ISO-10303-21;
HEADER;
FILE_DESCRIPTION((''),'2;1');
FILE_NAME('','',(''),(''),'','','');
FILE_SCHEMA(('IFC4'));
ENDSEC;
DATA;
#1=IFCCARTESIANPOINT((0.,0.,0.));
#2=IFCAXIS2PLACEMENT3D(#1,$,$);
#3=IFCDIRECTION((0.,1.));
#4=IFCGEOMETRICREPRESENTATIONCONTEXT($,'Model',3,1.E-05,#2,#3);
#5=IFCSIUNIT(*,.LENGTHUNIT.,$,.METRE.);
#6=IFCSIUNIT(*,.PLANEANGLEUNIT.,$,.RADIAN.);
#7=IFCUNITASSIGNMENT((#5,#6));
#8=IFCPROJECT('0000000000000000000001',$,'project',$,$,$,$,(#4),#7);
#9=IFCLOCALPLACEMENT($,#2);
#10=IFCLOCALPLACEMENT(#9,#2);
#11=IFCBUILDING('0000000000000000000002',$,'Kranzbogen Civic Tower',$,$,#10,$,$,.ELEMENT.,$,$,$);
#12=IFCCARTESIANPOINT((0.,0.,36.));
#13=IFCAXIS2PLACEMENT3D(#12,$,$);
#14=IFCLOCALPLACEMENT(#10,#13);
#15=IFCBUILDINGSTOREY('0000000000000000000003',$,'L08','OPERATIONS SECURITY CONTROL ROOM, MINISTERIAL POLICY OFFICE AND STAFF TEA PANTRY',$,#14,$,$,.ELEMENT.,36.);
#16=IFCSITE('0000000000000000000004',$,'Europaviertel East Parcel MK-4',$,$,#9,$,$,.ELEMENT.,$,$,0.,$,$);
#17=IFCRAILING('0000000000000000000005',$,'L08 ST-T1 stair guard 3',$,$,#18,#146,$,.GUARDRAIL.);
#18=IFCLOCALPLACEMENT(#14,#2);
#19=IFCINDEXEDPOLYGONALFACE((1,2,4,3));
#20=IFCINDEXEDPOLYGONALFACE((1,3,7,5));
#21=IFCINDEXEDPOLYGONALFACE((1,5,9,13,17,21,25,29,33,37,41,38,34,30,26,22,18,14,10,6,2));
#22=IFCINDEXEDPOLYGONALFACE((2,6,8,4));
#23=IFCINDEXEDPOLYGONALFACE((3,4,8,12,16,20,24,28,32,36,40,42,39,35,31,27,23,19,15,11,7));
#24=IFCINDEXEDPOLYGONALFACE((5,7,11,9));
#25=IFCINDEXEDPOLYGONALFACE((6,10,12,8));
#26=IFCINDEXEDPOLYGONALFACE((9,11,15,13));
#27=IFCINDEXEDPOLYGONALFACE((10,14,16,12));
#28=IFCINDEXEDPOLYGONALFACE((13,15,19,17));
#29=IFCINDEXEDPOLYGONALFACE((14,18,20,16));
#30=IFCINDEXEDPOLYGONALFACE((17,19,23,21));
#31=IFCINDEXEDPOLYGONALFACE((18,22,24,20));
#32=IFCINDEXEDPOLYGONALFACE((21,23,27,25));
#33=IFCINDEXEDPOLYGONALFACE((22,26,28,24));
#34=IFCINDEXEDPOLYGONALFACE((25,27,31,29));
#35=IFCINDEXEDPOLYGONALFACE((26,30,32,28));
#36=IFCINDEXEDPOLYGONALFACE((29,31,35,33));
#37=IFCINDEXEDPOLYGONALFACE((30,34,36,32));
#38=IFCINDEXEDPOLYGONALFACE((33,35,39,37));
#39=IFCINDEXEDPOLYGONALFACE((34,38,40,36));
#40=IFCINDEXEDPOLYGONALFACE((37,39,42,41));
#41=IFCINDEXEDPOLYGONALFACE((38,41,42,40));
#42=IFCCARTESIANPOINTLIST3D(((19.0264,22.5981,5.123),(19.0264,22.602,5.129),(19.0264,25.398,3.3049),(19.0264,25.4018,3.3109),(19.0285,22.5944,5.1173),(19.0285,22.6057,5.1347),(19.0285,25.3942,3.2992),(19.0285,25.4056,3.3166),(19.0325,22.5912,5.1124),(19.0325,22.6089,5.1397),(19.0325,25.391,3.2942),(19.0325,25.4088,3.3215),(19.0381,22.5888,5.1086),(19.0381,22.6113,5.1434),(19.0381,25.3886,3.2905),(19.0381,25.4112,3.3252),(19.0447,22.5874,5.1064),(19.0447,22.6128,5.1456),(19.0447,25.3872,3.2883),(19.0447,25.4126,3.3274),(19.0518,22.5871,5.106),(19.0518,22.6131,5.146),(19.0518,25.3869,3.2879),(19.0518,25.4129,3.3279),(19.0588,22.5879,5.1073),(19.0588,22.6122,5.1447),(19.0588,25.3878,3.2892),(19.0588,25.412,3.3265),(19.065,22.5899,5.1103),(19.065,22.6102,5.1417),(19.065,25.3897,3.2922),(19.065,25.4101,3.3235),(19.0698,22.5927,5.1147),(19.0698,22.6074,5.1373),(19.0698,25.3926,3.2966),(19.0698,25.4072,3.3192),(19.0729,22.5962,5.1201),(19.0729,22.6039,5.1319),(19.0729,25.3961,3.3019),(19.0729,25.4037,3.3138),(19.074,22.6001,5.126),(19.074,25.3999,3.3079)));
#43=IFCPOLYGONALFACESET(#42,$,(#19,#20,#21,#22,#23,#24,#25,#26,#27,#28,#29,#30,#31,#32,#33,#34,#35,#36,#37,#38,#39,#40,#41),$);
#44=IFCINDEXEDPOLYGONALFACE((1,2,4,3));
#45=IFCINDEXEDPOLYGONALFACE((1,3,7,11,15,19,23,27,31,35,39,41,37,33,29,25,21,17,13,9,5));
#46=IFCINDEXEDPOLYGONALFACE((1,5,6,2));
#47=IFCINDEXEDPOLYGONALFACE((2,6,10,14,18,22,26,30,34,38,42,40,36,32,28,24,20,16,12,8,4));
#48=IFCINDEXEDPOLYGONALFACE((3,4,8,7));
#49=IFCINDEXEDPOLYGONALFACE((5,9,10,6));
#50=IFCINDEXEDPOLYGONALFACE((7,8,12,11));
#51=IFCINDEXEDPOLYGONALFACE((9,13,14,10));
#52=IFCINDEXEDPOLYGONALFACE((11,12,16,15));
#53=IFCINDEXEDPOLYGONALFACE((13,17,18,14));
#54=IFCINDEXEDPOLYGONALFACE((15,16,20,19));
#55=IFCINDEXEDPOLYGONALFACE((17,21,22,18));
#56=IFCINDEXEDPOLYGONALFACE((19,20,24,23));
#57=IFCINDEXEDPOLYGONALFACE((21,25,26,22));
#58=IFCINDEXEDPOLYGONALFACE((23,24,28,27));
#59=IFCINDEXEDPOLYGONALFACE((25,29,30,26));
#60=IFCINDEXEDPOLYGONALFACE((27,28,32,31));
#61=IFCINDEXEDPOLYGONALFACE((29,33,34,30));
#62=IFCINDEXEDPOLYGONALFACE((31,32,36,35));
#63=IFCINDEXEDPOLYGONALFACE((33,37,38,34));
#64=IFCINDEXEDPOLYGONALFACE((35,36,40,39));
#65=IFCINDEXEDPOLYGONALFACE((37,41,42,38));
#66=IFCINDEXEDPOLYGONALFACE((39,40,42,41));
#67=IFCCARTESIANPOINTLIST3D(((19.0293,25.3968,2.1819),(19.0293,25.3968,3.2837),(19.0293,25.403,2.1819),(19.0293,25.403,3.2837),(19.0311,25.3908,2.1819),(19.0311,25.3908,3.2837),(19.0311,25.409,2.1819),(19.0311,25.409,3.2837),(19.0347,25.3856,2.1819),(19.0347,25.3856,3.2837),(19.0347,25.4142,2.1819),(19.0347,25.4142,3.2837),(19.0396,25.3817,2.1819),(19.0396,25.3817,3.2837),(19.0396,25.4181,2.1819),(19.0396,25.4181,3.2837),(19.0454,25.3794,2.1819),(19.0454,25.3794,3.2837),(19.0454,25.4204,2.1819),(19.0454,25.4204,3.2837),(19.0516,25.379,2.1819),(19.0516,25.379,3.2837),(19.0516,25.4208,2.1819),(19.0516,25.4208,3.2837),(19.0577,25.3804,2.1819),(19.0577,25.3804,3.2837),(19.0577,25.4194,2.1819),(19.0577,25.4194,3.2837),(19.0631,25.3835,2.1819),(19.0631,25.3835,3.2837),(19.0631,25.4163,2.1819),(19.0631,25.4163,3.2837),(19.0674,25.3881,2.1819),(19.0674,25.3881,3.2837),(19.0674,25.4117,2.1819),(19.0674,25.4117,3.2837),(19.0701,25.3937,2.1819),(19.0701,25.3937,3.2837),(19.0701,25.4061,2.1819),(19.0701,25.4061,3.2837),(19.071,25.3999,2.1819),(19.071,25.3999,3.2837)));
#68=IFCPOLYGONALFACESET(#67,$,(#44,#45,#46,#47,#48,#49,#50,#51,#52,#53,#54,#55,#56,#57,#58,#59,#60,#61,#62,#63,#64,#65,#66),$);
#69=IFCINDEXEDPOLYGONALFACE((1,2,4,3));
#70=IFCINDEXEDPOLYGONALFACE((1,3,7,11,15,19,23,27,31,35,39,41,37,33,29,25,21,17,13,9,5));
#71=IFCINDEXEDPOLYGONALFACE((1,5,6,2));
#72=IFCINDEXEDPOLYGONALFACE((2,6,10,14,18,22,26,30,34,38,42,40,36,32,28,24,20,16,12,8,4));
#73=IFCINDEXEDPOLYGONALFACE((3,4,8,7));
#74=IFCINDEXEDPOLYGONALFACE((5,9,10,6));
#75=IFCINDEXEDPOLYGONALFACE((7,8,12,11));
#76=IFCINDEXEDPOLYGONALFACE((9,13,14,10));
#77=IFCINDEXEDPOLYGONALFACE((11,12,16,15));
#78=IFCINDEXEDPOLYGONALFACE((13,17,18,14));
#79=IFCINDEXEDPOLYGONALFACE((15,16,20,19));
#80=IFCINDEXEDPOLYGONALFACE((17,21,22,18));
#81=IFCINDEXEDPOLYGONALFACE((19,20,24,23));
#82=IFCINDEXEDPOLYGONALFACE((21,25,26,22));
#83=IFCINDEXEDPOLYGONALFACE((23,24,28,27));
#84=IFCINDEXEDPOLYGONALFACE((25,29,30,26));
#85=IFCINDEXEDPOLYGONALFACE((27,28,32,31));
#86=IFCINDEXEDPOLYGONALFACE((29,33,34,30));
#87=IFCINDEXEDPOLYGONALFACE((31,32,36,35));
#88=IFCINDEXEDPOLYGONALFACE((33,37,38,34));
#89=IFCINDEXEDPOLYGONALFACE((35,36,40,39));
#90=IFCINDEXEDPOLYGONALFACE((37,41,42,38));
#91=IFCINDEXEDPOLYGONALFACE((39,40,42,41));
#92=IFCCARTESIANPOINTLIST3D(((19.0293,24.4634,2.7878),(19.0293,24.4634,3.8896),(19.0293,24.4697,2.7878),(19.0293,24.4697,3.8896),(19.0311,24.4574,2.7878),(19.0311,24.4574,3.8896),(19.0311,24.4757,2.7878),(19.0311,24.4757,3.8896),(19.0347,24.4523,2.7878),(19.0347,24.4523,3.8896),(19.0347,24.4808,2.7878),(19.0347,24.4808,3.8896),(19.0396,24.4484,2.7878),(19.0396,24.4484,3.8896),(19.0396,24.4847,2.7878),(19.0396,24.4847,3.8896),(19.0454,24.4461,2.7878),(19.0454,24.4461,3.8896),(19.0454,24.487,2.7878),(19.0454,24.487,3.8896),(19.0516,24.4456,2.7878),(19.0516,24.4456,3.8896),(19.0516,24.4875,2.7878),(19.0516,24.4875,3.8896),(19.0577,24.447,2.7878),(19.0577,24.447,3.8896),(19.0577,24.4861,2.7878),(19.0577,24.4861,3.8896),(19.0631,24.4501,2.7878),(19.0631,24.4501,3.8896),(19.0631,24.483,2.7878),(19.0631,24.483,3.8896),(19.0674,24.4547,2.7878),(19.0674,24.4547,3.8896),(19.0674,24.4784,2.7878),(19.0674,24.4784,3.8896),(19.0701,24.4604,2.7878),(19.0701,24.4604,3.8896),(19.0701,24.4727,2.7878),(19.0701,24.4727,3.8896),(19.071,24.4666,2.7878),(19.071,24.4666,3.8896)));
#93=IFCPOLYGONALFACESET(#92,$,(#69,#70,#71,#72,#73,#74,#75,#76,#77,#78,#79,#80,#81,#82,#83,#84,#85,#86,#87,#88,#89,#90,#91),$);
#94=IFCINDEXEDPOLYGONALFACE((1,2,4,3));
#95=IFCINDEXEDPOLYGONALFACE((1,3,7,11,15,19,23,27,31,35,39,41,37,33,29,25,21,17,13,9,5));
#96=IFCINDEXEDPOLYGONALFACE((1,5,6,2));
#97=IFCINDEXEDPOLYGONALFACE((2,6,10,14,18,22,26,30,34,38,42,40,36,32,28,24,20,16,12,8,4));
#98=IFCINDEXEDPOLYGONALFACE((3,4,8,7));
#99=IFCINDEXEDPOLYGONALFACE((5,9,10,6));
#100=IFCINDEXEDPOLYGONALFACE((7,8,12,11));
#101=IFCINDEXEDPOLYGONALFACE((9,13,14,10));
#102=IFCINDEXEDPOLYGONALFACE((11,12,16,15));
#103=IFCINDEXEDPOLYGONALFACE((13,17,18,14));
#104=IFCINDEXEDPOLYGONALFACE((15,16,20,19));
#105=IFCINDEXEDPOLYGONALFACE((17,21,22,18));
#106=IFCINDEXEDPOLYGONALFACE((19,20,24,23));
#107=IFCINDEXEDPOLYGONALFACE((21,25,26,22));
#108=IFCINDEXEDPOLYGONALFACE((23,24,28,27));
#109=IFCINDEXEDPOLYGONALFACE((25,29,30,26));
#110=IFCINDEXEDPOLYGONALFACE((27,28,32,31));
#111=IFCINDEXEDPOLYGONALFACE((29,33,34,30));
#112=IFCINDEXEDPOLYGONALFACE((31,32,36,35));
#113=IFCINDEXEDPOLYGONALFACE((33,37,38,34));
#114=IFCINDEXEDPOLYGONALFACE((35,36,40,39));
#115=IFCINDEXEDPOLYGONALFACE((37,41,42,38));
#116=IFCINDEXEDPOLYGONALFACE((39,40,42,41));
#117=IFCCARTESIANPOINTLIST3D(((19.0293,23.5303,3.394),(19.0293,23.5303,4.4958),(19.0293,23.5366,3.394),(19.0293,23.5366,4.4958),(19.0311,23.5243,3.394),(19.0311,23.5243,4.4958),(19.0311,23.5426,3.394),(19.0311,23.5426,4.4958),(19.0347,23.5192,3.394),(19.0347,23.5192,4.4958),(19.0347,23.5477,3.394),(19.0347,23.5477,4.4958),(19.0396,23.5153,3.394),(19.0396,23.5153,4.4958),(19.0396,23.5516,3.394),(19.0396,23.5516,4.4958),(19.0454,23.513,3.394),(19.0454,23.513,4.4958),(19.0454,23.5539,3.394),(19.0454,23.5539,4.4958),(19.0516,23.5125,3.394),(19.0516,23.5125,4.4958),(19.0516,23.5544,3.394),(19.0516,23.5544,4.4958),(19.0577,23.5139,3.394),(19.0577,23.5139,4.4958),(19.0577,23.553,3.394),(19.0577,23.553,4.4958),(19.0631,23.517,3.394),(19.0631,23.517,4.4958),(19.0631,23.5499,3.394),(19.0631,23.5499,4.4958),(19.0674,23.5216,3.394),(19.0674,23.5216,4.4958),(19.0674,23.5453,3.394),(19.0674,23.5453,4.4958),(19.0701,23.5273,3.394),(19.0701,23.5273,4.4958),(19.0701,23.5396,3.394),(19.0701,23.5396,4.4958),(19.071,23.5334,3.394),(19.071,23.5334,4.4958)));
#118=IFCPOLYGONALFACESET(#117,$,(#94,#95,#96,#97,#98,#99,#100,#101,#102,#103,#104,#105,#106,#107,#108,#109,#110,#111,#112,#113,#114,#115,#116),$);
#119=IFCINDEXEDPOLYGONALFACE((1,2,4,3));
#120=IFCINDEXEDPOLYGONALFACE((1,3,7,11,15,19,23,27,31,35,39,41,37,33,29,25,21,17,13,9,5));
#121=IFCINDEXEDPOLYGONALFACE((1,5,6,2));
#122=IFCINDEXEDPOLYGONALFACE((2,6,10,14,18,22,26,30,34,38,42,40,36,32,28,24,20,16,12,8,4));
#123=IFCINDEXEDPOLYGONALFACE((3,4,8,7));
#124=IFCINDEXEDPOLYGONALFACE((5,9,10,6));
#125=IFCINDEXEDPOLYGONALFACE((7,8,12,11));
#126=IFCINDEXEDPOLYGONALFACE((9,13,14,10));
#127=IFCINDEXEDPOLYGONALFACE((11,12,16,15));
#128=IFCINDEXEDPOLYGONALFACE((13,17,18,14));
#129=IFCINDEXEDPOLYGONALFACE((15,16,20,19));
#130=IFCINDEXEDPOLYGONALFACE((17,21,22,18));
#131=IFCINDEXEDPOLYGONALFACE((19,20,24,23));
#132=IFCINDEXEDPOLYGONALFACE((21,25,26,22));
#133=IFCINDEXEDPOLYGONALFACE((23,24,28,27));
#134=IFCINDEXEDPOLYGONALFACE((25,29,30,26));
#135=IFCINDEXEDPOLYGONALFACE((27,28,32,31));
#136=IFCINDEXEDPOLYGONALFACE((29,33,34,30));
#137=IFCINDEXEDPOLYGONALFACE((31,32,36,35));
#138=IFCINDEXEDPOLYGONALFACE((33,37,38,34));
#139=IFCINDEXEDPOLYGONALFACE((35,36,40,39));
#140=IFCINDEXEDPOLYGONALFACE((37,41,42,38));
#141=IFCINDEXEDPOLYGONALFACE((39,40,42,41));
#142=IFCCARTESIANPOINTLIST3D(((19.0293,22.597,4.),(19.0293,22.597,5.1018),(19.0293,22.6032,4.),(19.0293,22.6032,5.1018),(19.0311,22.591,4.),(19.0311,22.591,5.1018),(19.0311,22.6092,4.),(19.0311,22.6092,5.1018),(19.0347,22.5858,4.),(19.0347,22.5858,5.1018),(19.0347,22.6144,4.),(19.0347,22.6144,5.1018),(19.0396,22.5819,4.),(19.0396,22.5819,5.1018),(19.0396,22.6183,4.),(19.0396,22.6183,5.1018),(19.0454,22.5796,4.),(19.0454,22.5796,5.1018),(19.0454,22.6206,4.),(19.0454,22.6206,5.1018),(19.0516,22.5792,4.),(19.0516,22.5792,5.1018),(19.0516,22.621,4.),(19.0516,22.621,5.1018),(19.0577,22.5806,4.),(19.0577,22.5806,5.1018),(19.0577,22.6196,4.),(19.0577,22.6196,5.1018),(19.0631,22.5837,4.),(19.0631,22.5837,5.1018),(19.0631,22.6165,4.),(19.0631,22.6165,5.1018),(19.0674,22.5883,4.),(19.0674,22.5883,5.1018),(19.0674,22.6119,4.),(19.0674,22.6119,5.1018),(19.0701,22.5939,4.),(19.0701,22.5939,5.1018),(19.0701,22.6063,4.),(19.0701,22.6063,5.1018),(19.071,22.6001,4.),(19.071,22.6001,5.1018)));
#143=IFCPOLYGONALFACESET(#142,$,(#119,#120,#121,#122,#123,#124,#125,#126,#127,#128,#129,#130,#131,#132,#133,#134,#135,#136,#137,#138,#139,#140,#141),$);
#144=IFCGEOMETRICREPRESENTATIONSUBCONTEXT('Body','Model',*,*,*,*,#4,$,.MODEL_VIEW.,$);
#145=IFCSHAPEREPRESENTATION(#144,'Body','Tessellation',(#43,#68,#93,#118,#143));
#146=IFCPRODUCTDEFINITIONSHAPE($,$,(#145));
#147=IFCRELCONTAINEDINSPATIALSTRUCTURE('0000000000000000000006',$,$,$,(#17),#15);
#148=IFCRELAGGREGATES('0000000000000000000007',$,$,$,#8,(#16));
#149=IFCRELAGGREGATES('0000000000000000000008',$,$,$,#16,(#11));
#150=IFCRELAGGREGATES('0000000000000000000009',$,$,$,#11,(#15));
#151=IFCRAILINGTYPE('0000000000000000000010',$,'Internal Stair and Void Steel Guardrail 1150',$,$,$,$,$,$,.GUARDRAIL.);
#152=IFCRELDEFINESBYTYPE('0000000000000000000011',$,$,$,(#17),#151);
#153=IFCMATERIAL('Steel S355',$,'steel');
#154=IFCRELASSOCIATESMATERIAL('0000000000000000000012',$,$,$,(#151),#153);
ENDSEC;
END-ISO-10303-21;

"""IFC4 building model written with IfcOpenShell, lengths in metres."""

from ifc_helpers import new_model, si_unit, direction, frame, origin, origin_2d, place, context, subcontext, project, spatial, circle, extrude, material, type_object, element, save


model = new_model("IFC4")

# Units and contexts
model_context = context("Model", 3, precision=1e-05, world=origin(), true_north=direction((0.0, 1.0)))
body_context = subcontext(model_context, "Body", "Model", "MODEL_VIEW")
ifc_project = project(units=[si_unit("LENGTHUNIT", "METRE"), si_unit("PLANEANGLEUNIT", "RADIAN")], contexts=[model_context])

# Site, building, storey
site_placement = place(None, origin())
site = spatial("IfcSite", under=ifc_project, at=site_placement, Name="Europaviertel East Parcel MK-4", CompositionType="ELEMENT", RefElevation=0.0)
building_placement = place(site_placement, origin())
building = spatial("IfcBuilding", under=site, at=building_placement, Name="Kranzbogen Civic Tower", CompositionType="ELEMENT")
storey_placement = place(building_placement, frame((0.0, 0.0, 36.0)))
storey = spatial("IfcBuildingStorey", under=building, at=storey_placement, Name="L08", Description="OPERATIONS SECURITY CONTROL ROOM, MINISTERIAL POLICY OFFICE AND STAFF TEA PANTRY", CompositionType="ELEMENT", Elevation=36.0)

# Shared definitions
ifc_material_1 = material(Name="Steel S355", Category="steel")

# Railing
railing_type_1 = type_object("IfcRailingType", Name="Internal Stair and Void Steel Guardrail 1150", PredefinedType="GUARDRAIL", material=ifc_material_1)
railing_1_placement = place(storey_placement, frame((19.05, 25.3999, 2.1819)))
element("IfcRailing", 1, at=railing_1_placement, inside=storey, type_object=railing_type_1, Name="L08 ST-T1 stair guard 3", PredefinedType="GUARDRAIL", context=body_context, shape_type="SweptSolid", body=[
    extrude(circle(Radius=0.0239, at=origin_2d()), frame((0.0, 0.0, 1.126), z_axis=(0.0, -0.838684, 0.544618), x_axis=(1.0, 0.0, 0.0)), (0.0, 0.0, 1.0), 3.3384),
    extrude(circle(Radius=0.021, at=origin_2d()), origin(), (0.0, 0.0, 1.0), 1.1018),
    extrude(circle(Radius=0.021, at=origin_2d()), frame((0.0, -0.9333, 0.606)), (0.0, 0.0, 1.0), 1.1018),
    extrude(circle(Radius=0.021, at=origin_2d()), frame((0.0, -1.8665, 1.2122)), (0.0, 0.0, 1.0), 1.1018),
    extrude(circle(Radius=0.021, at=origin_2d()), frame((0.0, -2.7998, 1.8181)), (0.0, 0.0, 1.0), 1.1018),
])

save(model, "model.ifc")
